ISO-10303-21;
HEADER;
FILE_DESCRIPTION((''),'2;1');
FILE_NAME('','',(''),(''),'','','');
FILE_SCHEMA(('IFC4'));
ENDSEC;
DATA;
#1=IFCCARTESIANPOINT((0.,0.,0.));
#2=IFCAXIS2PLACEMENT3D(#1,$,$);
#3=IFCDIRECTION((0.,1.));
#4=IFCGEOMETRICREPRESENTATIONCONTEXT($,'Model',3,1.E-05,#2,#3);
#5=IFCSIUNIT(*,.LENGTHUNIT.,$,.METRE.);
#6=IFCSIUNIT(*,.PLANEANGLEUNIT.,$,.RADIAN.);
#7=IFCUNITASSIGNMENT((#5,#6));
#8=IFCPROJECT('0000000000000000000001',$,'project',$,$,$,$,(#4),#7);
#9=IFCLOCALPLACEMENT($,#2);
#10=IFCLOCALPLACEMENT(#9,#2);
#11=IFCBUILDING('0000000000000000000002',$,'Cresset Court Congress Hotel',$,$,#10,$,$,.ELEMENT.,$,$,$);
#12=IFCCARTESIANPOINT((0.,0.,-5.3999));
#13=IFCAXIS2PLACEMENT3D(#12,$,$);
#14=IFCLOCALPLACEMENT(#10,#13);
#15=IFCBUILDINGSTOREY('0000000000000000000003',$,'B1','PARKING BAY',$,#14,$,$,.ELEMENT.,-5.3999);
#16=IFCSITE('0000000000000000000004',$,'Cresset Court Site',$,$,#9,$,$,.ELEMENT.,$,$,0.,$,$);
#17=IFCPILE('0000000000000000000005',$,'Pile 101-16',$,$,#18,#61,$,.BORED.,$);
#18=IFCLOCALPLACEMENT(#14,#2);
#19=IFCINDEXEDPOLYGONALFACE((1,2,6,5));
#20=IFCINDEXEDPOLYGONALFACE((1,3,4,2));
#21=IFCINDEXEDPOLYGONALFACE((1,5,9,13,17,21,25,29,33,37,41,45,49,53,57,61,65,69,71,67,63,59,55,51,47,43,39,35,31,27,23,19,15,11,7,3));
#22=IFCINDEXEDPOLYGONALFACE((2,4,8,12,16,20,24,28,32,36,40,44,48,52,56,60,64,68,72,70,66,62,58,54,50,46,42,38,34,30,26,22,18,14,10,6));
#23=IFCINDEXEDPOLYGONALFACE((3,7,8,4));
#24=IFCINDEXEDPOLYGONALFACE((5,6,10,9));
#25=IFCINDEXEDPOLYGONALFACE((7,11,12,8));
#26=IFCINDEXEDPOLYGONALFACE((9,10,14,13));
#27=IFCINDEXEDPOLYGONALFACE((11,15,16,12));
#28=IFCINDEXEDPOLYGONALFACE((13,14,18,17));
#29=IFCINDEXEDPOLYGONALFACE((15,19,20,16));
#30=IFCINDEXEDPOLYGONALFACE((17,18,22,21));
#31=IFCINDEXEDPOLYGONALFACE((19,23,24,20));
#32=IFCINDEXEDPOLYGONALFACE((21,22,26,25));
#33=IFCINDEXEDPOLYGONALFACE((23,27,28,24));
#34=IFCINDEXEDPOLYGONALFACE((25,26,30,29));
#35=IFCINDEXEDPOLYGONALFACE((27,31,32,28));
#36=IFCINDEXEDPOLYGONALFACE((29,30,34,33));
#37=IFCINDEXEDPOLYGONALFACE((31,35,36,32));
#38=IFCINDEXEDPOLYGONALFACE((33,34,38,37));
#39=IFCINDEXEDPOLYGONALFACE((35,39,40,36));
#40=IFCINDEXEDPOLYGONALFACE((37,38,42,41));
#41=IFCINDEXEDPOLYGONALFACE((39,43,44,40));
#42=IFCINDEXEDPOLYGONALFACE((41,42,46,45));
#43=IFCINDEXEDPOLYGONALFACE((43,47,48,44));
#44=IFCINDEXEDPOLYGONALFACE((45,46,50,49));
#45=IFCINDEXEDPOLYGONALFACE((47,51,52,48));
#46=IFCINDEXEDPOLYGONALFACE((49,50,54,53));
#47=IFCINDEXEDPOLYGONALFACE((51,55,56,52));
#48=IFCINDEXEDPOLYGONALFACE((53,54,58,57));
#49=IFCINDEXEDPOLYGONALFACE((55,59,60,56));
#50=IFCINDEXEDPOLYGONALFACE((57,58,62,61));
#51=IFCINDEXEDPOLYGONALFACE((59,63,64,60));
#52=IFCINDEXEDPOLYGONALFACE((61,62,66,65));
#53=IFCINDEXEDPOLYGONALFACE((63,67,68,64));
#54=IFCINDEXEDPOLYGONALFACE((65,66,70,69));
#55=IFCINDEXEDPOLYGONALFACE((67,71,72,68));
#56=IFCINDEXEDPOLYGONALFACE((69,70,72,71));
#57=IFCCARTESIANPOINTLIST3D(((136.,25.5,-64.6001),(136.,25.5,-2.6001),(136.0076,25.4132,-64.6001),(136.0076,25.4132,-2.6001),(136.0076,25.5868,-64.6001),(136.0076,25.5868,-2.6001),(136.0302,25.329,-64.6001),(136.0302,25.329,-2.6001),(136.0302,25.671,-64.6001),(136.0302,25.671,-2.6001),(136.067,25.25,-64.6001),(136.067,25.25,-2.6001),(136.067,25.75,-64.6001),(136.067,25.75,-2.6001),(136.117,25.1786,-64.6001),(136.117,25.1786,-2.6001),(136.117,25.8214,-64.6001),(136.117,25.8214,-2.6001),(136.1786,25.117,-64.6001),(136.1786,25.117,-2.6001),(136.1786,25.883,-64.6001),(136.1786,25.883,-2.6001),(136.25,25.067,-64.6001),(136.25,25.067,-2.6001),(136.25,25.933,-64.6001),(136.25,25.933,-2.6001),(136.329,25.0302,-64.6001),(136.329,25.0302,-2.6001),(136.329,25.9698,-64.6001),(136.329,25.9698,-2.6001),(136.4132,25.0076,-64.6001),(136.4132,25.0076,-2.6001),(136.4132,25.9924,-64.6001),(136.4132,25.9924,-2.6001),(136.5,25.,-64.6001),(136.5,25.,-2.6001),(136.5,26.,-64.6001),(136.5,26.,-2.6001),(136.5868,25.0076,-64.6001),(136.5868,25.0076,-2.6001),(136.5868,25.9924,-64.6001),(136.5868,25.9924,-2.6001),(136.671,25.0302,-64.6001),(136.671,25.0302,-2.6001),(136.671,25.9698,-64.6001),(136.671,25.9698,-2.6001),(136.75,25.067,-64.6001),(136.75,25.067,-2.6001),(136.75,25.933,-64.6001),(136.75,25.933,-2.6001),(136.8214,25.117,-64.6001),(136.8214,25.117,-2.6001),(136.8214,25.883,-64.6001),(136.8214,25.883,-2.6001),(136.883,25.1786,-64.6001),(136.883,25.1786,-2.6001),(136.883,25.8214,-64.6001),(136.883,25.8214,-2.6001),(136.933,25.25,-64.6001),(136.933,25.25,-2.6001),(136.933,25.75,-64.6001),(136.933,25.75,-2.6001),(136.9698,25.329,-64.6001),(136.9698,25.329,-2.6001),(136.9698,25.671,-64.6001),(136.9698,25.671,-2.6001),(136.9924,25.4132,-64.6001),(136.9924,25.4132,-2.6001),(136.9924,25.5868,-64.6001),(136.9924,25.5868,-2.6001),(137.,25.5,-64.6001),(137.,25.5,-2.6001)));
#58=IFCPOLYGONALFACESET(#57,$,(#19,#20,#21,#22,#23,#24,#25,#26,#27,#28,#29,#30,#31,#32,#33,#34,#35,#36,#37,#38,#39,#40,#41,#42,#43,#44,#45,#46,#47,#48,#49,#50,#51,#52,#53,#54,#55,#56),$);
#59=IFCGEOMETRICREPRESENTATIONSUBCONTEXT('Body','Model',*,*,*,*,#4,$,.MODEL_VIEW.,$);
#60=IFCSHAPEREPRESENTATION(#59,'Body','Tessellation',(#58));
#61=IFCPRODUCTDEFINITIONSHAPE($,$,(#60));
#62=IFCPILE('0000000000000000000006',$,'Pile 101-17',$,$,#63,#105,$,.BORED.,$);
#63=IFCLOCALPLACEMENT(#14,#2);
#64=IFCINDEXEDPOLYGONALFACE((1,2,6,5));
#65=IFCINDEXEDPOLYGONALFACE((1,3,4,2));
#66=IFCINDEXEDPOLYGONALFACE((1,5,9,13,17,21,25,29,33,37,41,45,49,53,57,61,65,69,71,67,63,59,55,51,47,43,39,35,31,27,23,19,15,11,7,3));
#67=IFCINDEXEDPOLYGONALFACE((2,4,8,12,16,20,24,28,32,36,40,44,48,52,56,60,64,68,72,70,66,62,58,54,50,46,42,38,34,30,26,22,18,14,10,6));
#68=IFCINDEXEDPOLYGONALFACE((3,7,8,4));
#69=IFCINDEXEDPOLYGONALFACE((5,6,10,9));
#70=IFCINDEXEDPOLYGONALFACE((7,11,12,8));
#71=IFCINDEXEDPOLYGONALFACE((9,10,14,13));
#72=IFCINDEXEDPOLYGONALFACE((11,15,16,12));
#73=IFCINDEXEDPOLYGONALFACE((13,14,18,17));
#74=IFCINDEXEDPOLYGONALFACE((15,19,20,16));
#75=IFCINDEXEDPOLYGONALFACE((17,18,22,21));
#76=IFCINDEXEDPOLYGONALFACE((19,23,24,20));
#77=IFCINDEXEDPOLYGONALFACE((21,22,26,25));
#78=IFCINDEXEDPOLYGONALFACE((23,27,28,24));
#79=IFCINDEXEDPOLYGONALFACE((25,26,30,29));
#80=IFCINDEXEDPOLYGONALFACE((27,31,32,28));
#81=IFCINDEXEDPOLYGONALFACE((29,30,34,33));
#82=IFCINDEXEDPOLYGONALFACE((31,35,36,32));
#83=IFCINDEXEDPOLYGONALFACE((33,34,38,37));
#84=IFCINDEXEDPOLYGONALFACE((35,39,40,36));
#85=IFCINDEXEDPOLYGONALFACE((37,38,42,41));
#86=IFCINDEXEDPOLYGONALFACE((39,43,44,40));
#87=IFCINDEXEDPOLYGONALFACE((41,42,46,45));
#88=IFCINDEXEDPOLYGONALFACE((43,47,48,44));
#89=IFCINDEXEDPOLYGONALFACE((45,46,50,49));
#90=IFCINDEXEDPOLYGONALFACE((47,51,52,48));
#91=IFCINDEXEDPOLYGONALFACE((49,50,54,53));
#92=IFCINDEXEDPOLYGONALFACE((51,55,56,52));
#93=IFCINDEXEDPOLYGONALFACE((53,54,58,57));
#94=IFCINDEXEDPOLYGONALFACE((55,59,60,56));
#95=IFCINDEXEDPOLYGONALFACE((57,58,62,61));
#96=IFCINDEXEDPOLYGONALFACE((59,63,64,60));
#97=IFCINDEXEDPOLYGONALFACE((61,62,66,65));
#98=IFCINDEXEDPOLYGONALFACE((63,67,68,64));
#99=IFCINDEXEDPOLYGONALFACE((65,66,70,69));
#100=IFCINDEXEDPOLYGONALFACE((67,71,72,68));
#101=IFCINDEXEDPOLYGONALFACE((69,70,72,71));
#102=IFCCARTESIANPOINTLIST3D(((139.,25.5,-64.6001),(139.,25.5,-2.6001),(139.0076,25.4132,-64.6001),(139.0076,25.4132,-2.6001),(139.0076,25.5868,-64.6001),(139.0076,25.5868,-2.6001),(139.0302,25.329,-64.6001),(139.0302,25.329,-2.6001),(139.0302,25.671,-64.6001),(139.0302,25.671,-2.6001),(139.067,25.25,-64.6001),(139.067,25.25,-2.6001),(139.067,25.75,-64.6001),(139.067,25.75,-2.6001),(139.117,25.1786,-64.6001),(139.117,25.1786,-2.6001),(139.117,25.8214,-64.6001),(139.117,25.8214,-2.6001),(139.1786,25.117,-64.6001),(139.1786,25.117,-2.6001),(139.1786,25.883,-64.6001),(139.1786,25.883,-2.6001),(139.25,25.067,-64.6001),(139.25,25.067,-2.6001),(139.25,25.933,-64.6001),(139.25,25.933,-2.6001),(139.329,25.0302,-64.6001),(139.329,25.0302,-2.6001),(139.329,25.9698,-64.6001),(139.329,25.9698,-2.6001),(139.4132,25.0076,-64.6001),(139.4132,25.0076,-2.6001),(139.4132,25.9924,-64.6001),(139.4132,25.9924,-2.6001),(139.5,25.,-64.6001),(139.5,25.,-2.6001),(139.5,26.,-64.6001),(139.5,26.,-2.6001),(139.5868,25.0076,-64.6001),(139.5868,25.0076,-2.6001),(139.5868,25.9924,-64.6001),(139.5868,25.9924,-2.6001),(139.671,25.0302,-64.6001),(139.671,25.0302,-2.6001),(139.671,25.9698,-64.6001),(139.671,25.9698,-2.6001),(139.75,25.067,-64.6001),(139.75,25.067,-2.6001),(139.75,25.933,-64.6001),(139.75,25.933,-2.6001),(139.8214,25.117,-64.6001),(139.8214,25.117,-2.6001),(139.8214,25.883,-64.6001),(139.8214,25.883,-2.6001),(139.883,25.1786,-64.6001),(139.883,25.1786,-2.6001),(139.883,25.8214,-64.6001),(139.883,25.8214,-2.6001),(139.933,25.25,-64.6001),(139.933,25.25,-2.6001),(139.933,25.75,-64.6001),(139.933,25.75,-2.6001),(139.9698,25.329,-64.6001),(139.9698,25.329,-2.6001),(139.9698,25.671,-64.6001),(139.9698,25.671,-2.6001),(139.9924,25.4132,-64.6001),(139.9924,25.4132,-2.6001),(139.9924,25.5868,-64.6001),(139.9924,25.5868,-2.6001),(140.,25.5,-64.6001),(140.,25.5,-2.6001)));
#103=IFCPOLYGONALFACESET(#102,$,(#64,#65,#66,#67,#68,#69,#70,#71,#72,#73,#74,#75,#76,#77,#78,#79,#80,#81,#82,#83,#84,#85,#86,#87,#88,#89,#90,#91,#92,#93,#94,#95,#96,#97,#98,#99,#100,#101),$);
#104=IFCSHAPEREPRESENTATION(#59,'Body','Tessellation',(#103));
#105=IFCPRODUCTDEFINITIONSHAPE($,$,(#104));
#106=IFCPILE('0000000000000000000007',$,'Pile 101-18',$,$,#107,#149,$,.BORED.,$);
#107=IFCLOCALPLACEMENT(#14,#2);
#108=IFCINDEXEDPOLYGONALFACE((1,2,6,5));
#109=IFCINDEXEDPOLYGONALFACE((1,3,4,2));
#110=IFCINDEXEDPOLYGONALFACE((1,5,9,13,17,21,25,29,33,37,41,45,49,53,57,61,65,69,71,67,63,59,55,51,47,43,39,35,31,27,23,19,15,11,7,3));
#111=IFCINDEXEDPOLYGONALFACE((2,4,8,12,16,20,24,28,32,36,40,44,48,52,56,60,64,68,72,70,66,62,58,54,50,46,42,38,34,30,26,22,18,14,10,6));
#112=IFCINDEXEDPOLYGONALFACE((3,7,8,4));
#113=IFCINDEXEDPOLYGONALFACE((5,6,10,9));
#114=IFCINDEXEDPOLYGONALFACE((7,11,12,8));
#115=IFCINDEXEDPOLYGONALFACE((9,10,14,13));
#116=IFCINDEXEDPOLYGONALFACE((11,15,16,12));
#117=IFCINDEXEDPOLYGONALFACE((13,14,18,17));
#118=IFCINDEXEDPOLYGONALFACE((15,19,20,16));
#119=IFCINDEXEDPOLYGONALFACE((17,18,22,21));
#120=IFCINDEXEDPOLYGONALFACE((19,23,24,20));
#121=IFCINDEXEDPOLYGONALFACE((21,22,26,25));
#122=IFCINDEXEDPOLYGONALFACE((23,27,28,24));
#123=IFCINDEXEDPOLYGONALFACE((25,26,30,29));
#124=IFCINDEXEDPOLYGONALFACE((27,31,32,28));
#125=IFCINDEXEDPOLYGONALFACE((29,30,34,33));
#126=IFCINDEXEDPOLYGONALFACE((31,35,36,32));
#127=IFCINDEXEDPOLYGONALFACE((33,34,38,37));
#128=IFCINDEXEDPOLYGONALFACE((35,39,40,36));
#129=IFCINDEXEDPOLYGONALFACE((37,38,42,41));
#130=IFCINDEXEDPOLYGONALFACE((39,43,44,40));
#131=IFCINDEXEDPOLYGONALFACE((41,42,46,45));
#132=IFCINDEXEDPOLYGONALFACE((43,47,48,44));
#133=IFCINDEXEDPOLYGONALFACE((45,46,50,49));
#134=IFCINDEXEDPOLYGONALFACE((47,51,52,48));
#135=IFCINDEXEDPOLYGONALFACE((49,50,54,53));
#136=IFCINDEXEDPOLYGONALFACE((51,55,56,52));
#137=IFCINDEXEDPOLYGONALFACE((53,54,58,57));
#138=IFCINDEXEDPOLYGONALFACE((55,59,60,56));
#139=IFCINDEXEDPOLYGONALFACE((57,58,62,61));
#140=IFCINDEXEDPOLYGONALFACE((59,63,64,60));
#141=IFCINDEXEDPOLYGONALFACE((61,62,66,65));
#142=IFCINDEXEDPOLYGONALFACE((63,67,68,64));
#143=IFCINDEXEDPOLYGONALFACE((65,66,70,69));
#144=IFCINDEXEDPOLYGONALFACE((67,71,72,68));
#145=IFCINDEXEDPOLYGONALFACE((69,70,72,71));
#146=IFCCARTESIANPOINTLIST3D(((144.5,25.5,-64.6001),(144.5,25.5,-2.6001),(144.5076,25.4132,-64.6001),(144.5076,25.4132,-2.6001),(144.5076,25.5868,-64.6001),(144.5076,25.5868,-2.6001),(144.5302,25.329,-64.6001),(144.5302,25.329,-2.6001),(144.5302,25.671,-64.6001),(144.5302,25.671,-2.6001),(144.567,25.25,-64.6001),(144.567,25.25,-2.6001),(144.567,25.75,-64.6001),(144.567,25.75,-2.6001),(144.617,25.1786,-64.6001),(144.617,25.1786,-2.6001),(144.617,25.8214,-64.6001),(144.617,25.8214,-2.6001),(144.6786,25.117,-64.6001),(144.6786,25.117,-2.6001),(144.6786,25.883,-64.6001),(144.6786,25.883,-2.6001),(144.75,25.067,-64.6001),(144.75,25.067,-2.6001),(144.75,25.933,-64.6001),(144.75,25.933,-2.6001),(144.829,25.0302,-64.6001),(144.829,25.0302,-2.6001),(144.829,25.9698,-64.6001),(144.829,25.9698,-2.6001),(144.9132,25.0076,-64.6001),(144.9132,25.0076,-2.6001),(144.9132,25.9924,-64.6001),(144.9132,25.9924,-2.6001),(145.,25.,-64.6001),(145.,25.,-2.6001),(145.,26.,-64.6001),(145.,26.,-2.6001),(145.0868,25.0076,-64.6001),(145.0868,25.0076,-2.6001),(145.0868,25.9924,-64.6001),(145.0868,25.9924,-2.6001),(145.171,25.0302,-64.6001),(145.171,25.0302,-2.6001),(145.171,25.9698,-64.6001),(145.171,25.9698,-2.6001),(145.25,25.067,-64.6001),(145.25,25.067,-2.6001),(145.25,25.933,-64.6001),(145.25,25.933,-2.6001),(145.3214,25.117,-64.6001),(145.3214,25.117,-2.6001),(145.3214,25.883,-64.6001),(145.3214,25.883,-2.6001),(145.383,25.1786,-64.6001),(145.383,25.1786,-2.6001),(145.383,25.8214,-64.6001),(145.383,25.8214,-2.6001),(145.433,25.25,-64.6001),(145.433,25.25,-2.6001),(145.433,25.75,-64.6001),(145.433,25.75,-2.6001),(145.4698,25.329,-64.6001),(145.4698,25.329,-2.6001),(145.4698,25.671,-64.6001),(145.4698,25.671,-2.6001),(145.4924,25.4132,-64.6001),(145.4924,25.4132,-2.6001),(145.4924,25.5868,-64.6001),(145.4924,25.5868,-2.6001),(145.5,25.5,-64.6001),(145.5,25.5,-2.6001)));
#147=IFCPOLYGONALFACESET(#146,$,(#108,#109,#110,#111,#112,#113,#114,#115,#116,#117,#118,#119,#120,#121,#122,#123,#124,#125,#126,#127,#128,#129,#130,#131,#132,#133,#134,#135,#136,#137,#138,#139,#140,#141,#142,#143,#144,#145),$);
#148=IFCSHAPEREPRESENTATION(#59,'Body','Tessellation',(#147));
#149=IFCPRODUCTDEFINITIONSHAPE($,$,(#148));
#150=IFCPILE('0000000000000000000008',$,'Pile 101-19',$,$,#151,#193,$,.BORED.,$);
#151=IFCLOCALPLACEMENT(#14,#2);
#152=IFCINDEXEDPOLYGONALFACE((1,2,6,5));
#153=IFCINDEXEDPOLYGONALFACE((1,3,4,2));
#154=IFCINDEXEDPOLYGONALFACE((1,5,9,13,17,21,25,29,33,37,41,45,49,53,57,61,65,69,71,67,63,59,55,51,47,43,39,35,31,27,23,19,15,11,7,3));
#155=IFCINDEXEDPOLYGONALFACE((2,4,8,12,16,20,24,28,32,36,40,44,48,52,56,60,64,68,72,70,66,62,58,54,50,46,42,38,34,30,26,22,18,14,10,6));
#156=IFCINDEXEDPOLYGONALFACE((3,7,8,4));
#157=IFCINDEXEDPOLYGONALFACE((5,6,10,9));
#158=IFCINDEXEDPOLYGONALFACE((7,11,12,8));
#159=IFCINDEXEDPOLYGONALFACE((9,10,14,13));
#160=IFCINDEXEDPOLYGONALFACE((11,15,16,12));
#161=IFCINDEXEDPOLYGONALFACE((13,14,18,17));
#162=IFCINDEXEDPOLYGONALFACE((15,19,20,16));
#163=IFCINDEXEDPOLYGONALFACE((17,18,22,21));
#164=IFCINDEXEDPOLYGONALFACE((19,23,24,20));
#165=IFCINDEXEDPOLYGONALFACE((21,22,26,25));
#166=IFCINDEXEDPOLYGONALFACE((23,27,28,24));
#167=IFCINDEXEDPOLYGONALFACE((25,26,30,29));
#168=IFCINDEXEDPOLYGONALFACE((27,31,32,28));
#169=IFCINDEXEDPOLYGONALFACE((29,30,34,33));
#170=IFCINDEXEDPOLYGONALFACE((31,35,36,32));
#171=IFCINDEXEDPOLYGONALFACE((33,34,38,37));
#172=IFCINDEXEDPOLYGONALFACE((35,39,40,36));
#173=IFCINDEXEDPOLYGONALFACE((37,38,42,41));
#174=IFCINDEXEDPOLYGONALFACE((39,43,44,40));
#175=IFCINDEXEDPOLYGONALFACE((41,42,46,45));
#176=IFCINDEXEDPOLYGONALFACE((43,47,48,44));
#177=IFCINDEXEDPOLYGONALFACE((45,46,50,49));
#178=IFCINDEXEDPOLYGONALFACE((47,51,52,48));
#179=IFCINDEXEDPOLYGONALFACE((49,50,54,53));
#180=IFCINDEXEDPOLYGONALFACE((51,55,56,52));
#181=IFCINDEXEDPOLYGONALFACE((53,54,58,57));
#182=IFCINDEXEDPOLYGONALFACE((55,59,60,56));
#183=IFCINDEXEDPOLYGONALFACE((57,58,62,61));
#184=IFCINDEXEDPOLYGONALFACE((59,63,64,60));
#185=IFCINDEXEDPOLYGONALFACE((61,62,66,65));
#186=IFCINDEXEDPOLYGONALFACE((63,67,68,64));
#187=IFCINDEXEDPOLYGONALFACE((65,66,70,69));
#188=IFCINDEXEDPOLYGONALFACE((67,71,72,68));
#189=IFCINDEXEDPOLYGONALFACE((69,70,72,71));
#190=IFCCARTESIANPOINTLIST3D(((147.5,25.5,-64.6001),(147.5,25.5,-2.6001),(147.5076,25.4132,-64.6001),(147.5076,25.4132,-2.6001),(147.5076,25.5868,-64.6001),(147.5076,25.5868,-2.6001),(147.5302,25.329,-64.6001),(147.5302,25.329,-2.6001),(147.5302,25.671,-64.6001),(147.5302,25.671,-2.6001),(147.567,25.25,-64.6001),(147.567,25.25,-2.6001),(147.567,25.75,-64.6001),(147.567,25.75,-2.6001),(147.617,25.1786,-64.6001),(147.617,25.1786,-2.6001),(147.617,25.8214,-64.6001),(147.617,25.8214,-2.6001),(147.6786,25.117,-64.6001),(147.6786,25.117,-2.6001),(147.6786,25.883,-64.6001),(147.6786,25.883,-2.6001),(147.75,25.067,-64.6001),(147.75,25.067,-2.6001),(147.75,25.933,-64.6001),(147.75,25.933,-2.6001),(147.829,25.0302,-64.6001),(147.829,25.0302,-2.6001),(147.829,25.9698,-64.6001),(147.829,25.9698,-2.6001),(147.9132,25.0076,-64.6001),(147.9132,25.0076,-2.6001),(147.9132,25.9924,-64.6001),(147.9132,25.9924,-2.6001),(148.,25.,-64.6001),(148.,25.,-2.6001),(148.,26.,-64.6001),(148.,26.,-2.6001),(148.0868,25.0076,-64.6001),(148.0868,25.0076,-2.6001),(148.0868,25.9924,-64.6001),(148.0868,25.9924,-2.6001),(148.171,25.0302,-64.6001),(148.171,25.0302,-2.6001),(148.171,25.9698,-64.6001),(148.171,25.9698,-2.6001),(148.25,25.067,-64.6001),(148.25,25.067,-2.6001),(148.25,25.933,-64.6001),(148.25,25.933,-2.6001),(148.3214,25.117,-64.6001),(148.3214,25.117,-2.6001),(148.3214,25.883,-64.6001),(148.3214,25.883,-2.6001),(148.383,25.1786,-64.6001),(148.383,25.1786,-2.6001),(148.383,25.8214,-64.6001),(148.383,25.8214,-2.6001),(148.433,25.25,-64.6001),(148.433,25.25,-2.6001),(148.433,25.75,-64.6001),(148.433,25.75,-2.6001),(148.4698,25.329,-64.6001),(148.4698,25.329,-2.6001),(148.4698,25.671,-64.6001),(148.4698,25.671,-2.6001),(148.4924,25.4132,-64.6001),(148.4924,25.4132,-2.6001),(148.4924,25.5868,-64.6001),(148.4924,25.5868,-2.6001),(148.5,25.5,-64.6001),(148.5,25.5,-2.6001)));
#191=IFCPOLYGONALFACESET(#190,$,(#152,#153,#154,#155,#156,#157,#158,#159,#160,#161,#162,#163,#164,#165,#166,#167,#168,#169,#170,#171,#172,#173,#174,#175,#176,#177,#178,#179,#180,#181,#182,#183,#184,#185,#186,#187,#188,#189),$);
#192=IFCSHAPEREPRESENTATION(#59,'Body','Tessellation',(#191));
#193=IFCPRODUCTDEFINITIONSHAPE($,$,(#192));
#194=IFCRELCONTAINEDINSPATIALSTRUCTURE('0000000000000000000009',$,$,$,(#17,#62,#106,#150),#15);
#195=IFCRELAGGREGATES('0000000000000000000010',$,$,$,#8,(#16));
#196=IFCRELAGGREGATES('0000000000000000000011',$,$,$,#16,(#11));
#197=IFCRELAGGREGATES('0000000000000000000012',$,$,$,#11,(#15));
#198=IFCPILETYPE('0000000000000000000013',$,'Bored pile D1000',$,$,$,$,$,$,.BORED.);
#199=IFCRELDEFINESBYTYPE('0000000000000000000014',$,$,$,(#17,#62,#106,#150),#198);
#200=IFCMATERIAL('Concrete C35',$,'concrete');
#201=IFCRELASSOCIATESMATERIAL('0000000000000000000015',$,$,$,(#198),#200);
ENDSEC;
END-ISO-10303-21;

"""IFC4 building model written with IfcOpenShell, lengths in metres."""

from ifc_helpers import new_model, si_unit, direction, frame, origin, origin_2d, place, context, subcontext, project, spatial, circle, extrude, material, type_object, element, save


model = new_model("IFC4")

# Units and contexts
model_context = context("Model", 3, precision=1e-05, world=origin(), true_north=direction((0.0, 1.0)))
body_context = subcontext(model_context, "Body", "Model", "MODEL_VIEW")
ifc_project = project(units=[si_unit("LENGTHUNIT", "METRE"), si_unit("PLANEANGLEUNIT", "RADIAN")], contexts=[model_context])

# Site, building, storey
site_placement = place(None, origin())
site = spatial("IfcSite", under=ifc_project, at=site_placement, Name="Cresset Court Site", CompositionType="ELEMENT", RefElevation=0.0)
building_placement = place(site_placement, origin())
building = spatial("IfcBuilding", under=site, at=building_placement, Name="Cresset Court Congress Hotel", CompositionType="ELEMENT")
storey_placement = place(building_placement, frame((0.0, 0.0, -5.3999)))
storey = spatial("IfcBuildingStorey", under=building, at=storey_placement, Name="B1", Description="PARKING BAY", CompositionType="ELEMENT", Elevation=-5.3999)

# Piles
ifc_material_1 = material(Name="Concrete C35", Category="concrete")
pile_type = type_object("IfcPileType", Name="Bored pile D1000", PredefinedType="BORED", material=ifc_material_1)
for number, where, z_axis, x_axis, name in (
    (1, (136.5, 25.5, -2.6001), (0.0, 0.0, -1.0), (1.0, 0.0, 0.0), "Pile 101-16"),
    (2, (139.5, 25.5, -2.6001), (0.0, 0.0, -1.0), (1.0, 0.0, 0.0), "Pile 101-17"),
    (3, (145.0, 25.5, -2.6001), (0.0, 0.0, -1.0), (1.0, 0.0, 0.0), "Pile 101-18"),
    (4, (148.0, 25.5, -2.6001), (0.0, 0.0, -1.0), (1.0, 0.0, 0.0), "Pile 101-19"),
):
    element("IfcPile", number, at=place(storey_placement, frame(where, z_axis=z_axis, x_axis=x_axis)), inside=storey, type_object=pile_type, Name=name, PredefinedType="BORED", context=body_context, shape_type="SweptSolid", body=[
        extrude(circle(Radius=0.5, at=origin_2d()), origin(), (0.0, 0.0, 1.0), 62.0),
    ])

save(model, "model.ifc")
